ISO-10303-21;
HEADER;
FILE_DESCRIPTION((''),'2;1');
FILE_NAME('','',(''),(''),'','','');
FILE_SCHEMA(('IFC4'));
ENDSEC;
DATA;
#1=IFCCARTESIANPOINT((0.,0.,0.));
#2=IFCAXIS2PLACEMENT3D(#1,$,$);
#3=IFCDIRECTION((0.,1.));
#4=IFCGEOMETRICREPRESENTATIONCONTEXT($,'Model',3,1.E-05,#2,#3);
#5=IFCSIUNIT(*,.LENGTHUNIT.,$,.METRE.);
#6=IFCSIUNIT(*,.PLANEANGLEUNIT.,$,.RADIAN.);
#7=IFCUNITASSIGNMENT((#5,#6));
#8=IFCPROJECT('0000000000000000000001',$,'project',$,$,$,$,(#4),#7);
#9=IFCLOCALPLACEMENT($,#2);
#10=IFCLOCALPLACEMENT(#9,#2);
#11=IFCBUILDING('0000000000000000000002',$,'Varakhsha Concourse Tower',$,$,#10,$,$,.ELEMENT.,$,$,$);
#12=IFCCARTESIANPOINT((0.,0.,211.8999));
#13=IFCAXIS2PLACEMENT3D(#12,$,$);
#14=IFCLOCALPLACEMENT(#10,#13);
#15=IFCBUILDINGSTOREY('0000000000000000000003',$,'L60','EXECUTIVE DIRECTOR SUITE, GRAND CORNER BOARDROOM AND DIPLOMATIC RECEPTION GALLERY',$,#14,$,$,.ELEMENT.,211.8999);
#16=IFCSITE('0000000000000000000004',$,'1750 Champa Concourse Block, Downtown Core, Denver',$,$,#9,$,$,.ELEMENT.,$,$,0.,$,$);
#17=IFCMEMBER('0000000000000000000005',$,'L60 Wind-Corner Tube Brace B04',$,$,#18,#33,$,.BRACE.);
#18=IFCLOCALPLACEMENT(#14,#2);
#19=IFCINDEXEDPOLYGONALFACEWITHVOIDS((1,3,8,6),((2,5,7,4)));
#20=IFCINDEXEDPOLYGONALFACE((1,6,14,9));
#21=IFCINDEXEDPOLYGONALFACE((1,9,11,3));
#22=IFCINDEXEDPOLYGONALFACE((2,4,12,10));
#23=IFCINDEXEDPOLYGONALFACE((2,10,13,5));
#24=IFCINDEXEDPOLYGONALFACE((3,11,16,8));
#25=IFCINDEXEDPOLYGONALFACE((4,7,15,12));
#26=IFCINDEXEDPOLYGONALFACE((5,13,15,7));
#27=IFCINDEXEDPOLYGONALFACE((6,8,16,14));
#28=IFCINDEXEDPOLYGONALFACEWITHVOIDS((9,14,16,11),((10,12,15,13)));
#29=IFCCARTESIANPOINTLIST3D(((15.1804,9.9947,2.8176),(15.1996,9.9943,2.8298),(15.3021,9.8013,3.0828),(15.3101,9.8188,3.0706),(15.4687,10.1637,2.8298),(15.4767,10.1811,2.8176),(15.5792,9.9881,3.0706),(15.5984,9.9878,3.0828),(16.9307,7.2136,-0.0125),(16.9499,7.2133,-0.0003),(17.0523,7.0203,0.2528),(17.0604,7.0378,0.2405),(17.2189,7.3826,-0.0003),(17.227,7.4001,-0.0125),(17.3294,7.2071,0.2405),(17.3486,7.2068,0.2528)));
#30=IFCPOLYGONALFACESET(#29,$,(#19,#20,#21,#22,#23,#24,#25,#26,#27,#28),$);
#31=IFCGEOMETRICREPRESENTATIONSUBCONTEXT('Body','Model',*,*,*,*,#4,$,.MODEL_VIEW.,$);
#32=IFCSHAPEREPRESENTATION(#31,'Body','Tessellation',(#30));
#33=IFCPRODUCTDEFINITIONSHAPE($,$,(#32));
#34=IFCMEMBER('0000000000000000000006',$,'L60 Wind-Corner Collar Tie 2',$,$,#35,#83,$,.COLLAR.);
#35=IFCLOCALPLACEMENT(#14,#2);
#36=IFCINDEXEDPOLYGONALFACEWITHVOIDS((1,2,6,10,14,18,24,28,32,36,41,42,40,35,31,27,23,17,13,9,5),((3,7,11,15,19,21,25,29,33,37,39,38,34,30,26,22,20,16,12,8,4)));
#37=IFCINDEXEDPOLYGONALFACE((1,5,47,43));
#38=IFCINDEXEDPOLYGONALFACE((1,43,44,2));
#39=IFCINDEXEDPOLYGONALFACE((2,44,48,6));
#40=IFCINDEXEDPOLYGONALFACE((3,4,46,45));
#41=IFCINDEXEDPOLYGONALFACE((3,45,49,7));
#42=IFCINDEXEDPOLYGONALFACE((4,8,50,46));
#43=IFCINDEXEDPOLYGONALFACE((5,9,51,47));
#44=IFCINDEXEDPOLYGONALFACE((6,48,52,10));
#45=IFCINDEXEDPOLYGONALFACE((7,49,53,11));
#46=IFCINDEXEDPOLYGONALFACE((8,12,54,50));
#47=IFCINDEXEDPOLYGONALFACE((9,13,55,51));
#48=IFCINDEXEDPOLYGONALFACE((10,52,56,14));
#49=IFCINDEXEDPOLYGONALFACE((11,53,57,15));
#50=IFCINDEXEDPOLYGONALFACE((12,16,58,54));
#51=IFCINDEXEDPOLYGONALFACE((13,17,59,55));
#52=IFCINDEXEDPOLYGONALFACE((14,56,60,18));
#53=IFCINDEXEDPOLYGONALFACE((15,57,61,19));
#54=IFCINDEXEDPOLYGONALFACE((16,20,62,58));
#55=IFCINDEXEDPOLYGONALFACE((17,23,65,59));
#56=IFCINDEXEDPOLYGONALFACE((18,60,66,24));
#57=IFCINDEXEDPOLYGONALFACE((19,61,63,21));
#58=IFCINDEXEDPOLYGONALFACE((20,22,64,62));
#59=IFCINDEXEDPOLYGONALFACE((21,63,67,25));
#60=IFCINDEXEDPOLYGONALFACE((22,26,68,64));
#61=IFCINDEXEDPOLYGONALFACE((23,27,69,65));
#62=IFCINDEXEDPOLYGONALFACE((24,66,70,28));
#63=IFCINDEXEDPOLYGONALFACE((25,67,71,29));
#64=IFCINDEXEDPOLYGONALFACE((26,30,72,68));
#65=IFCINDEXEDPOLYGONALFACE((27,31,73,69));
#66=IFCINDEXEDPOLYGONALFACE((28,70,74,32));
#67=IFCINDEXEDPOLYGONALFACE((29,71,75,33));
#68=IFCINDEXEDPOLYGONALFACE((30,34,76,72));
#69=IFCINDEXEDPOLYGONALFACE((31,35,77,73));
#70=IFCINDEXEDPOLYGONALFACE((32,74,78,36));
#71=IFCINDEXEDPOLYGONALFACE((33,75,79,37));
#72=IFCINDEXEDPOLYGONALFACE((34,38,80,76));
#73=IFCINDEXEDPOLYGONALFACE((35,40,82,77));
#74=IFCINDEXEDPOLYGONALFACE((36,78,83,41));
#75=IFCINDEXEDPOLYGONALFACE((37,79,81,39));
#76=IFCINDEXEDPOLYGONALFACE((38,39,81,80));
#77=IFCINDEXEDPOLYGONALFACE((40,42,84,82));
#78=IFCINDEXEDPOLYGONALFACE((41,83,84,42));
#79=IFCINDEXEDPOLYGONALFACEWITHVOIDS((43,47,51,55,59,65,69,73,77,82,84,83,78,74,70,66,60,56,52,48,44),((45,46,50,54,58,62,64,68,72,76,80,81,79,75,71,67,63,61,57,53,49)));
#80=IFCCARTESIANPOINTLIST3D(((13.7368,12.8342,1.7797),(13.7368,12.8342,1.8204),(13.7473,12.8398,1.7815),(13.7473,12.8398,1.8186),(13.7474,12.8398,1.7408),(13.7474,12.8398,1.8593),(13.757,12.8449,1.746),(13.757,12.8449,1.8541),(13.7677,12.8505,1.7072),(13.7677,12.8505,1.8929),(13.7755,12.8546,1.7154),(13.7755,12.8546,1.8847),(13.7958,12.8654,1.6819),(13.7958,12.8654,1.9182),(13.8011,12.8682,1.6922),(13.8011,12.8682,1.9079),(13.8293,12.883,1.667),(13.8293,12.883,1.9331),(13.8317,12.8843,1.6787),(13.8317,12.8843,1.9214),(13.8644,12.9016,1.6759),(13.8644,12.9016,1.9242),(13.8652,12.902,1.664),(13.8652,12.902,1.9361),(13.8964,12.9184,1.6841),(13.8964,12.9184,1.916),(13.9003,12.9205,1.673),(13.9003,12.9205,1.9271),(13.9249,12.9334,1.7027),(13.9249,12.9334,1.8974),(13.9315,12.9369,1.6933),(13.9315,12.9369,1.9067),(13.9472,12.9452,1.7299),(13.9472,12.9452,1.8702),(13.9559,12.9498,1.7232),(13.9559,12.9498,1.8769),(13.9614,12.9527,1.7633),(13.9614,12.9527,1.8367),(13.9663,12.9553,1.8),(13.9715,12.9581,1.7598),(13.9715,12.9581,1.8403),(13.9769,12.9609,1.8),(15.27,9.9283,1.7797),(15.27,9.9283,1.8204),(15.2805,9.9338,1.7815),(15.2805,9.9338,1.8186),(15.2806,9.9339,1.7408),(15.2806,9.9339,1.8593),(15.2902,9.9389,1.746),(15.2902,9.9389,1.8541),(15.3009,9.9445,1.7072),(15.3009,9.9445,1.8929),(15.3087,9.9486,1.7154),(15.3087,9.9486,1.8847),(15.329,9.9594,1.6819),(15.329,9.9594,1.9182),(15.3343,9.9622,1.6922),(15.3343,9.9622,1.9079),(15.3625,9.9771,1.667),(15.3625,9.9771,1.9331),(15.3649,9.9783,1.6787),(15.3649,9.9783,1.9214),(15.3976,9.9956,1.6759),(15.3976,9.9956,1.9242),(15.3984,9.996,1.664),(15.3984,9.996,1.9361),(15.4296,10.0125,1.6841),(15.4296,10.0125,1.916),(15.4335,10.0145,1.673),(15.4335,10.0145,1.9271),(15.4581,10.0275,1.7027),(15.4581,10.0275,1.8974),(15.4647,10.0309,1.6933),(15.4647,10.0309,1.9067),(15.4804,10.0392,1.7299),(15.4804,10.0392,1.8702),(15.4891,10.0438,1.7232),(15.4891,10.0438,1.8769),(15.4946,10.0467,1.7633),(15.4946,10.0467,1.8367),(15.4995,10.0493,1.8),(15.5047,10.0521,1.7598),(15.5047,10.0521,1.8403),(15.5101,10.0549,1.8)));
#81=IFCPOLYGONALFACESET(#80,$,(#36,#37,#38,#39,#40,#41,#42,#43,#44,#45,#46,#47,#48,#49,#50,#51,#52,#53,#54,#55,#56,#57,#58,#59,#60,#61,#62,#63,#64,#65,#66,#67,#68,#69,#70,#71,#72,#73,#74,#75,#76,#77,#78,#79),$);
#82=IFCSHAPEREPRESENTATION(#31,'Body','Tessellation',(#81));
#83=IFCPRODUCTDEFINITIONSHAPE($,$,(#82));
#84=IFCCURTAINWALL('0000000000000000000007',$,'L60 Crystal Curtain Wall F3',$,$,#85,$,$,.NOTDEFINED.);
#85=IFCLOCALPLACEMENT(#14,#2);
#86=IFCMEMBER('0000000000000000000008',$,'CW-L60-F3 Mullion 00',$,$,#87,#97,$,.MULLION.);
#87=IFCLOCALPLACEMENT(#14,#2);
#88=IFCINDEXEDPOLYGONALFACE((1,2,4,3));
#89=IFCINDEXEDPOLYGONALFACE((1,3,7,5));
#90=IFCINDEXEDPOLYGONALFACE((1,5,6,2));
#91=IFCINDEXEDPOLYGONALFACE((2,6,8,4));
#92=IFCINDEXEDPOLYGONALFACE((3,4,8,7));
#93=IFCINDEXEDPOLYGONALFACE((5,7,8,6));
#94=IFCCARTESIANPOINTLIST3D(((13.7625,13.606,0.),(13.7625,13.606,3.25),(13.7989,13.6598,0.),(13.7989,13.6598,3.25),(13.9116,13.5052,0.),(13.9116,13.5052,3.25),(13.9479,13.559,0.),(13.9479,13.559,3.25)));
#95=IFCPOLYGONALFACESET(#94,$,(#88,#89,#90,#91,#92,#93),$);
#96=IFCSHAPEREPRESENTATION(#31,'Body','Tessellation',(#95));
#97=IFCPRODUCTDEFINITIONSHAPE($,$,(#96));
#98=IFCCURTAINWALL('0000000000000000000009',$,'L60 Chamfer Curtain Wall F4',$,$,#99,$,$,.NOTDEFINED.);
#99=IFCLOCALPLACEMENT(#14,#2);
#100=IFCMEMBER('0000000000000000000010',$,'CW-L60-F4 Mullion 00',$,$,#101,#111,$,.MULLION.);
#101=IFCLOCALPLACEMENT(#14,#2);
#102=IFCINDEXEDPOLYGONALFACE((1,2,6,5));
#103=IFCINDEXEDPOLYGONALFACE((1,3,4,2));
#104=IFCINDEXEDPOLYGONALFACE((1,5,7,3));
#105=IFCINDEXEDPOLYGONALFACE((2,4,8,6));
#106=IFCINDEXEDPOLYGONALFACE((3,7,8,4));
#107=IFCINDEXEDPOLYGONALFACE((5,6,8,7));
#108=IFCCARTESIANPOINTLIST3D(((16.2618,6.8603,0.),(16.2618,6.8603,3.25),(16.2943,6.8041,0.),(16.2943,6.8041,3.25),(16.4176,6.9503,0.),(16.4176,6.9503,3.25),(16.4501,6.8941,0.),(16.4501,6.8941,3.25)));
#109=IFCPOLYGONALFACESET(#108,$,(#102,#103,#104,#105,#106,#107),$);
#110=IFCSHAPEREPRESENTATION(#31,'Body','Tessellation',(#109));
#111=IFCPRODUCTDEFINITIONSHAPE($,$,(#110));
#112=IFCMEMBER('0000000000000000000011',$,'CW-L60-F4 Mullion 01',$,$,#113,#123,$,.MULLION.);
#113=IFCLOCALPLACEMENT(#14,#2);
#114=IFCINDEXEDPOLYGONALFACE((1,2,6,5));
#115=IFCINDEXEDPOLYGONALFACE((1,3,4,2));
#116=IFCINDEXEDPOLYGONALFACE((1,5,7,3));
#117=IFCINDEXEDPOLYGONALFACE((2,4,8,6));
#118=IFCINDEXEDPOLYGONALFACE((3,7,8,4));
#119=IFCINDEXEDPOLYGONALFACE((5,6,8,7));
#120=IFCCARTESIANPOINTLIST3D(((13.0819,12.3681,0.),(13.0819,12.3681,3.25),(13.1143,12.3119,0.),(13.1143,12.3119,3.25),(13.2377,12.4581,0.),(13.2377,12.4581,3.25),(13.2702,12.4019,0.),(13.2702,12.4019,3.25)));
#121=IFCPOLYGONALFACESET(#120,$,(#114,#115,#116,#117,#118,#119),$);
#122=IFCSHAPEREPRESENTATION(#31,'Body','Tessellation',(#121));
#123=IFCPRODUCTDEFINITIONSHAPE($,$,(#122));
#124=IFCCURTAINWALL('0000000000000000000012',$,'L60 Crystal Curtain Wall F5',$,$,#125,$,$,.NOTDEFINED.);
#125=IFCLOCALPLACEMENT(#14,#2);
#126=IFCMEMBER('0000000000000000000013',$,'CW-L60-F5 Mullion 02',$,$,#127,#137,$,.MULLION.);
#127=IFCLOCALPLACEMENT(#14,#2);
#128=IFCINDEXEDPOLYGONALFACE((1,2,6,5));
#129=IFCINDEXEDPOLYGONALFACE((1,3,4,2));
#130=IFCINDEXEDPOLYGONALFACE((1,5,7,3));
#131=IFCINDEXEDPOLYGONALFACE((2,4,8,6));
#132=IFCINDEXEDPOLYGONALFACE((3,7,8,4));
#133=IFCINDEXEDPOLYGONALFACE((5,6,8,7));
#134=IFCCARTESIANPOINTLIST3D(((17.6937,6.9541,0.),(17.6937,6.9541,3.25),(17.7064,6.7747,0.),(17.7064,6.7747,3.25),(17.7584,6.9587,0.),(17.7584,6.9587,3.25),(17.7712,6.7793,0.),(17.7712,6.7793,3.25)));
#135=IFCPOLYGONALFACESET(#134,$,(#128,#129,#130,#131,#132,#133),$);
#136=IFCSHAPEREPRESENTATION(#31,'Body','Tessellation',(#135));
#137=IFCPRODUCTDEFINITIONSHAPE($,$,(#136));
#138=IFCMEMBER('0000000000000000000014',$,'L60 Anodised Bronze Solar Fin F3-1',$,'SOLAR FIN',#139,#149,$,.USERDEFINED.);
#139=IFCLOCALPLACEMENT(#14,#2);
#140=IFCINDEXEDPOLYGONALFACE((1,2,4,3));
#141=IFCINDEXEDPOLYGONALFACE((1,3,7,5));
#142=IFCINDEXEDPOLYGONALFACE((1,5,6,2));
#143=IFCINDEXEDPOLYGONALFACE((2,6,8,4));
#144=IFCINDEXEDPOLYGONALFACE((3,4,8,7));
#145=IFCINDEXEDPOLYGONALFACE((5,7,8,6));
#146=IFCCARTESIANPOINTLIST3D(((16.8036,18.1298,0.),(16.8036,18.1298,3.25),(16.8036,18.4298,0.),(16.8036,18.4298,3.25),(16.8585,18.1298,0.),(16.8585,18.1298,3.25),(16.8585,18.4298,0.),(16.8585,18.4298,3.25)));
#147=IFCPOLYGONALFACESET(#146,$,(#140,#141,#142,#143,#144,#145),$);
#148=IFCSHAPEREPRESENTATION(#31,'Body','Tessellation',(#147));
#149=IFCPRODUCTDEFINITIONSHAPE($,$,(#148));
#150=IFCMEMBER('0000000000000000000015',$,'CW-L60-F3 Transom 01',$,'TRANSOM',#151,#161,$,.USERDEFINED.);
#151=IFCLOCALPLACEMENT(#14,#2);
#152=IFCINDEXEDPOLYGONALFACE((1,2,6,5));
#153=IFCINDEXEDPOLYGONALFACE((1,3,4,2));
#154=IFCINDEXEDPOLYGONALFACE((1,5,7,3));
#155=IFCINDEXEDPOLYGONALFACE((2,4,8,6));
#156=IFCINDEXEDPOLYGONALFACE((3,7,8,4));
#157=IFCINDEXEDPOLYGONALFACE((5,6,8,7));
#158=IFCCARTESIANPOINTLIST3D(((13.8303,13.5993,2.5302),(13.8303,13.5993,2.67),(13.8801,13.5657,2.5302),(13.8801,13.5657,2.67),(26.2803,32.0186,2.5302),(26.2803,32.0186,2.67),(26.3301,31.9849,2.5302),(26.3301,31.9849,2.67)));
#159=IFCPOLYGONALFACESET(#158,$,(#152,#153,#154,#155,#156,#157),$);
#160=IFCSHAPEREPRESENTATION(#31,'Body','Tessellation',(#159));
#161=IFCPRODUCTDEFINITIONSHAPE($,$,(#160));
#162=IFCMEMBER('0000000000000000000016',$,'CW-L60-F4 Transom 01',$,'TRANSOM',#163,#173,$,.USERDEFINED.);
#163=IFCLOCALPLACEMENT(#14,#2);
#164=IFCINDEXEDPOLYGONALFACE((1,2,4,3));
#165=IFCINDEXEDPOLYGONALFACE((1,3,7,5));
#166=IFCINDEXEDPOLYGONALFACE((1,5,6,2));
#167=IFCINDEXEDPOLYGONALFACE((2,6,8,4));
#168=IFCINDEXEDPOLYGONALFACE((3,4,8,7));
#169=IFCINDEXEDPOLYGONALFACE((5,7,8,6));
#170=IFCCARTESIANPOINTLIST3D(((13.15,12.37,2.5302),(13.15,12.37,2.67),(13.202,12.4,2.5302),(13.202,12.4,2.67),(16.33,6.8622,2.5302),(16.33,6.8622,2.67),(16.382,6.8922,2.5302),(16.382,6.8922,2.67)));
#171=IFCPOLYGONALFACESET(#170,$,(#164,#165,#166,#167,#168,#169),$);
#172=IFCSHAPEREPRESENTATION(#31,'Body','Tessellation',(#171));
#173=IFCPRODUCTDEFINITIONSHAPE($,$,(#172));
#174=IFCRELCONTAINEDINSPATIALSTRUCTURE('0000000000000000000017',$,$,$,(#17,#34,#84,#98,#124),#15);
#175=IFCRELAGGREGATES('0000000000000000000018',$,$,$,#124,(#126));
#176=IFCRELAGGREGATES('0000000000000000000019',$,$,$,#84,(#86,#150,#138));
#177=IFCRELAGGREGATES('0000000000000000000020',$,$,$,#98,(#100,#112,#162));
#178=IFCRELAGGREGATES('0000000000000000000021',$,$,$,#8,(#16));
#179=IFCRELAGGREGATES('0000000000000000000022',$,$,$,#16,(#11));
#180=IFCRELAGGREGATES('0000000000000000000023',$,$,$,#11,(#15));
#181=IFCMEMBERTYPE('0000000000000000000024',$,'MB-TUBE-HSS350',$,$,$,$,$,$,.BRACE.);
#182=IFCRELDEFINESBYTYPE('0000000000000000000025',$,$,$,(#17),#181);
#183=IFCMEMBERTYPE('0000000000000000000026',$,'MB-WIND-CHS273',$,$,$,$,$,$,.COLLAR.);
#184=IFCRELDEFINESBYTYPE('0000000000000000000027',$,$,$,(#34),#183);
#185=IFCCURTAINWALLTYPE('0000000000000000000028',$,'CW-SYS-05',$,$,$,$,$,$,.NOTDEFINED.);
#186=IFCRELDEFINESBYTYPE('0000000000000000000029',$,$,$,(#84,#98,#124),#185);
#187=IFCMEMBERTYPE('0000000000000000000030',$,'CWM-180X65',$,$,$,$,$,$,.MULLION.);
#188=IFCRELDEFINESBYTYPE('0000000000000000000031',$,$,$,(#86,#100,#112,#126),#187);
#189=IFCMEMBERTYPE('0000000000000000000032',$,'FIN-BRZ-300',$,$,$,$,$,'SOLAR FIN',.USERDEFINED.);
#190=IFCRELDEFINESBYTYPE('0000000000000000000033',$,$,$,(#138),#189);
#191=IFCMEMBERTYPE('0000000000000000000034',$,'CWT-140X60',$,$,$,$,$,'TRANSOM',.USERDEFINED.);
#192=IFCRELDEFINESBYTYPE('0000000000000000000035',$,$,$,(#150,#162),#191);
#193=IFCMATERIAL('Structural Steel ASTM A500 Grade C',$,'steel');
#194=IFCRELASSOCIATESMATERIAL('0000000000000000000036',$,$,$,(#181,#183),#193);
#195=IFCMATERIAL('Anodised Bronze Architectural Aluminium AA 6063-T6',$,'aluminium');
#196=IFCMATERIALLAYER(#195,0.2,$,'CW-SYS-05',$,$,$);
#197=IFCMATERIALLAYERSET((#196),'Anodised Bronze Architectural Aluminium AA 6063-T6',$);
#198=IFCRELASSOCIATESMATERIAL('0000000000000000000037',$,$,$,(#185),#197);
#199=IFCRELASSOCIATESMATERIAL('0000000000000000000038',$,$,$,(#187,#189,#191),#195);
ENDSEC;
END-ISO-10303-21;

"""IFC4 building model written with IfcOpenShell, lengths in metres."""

from ifc_helpers import new_model, si_unit, direction, frame, origin, origin_2d, place, context, subcontext, project, spatial, rectangle, hollow_rectangle, hollow_circle, extrude, source, transform, mapped, material, layer, layer_set, material_profile, profile_set, type_object, type_shapes, element, aggregate, save


model = new_model("IFC4")

# Units and contexts
model_context = context("Model", 3, precision=1e-05, world=origin(), true_north=direction((0.0, 1.0)))
body_context = subcontext(model_context, "Body", "Model", "MODEL_VIEW")
ifc_project = project(units=[si_unit("LENGTHUNIT", "METRE"), si_unit("PLANEANGLEUNIT", "RADIAN")], contexts=[model_context])

# Site, building, storey
site_placement = place(None, origin())
site = spatial("IfcSite", under=ifc_project, at=site_placement, Name="1750 Champa Concourse Block, Downtown Core, Denver", CompositionType="ELEMENT", RefElevation=0.0)
building_placement = place(site_placement, origin())
building = spatial("IfcBuilding", under=site, at=building_placement, Name="Varakhsha Concourse Tower", CompositionType="ELEMENT")
storey_placement = place(building_placement, frame((0.0, 0.0, 211.8999)))
storey = spatial("IfcBuildingStorey", under=building, at=storey_placement, Name="L60", Description="EXECUTIVE DIRECTOR SUITE, GRAND CORNER BOARDROOM AND DIPLOMATIC RECEPTION GALLERY", CompositionType="ELEMENT", Elevation=211.8999)

# Members
ifc_material_1 = material(Name="Structural Steel ASTM A500 Grade C", Category="steel")
ifc_material_profile_1 = material_profile(ifc_material_1, hollow_rectangle(XDim=0.3501, YDim=0.3501, WallThickness=0.0161, at=origin_2d()), Name="HSS 350x350x16")
ifc_profile_set_1 = profile_set([ifc_material_profile_1], Name="Structural Steel ASTM A500 Grade C")
member_type_1 = type_object("IfcMemberType", Name="MB-TUBE-HSS350", PredefinedType="BRACE", material=ifc_profile_set_1)
shared_shape_1 = source(origin(), body_context, "Body", "SweptSolid", [
    extrude(hollow_rectangle(XDim=0.3501, YDim=0.3501, WallThickness=0.0161, at=origin_2d()), origin(), (0.0, 0.0, 1.0), 4.3367),
])
member_1_placement = place(storey_placement, frame((17.1396, 7.2102, 0.1201), z_axis=(-0.403592, 0.641277, 0.652593), x_axis=(-0.846337, -0.532648, 0.0)))
element("IfcMember", 1, at=member_1_placement, inside=storey, type_object=member_type_1, Name="L60 Wind-Corner Tube Brace B04", PredefinedType="BRACE", context=body_context, shape_type="MappedRepresentation", body=[
    mapped(shared_shape_1, transform((0.0, 0.0, 0.0), scale=1.0)),
])
ifc_material_profile_2 = material_profile(ifc_material_1, hollow_circle(Radius=0.1365, WallThickness=0.012, at=origin_2d()), Name="CHS 273x12")
ifc_profile_set_2 = profile_set([ifc_material_profile_2], Name="Structural Steel ASTM A500 Grade C")
member_type_2 = type_object("IfcMemberType", Name="MB-WIND-CHS273", PredefinedType="COLLAR", material=ifc_profile_set_2)
shared_shape_2 = source(origin(), body_context, "Body", "SweptSolid", [
    extrude(hollow_circle(Radius=0.1365, WallThickness=0.012, at=origin_2d()), origin(), (0.0, 0.0, 1.0), 3.2856),
])
type_shapes(member_type_2, [shared_shape_2])
member_2_placement = place(storey_placement, frame((13.8562, 12.8972, 1.8), z_axis=(0.466634, -0.88445, 0.0), x_axis=(0.88445, 0.466634, 0.0)))
element("IfcMember", 2, at=member_2_placement, inside=storey, type_object=member_type_2, Name="L60 Wind-Corner Collar Tie 2", PredefinedType="COLLAR", context=body_context, shape_type="MappedRepresentation", body=[
    mapped(shared_shape_2, transform((0.0, 0.0, 0.0), scale=1.0)),
])

# Curtain wall, member
ifc_material_2 = material(Name="Anodised Bronze Architectural Aluminium AA 6063-T6", Category="aluminium")
ifc_layer_1 = layer(ifc_material_2, 0.2, Name="CW-SYS-05")
ifc_layer_set_1 = layer_set([ifc_layer_1], Name="Anodised Bronze Architectural Aluminium AA 6063-T6")
curtain_wall_type = type_object("IfcCurtainWallType", Name="CW-SYS-05", PredefinedType="NOTDEFINED", material=ifc_layer_set_1)
curtain_wall_1_placement = place(storey_placement, origin())
curtain_wall_1 = element("IfcCurtainWall", 3, at=curtain_wall_1_placement, inside=storey, type_object=curtain_wall_type, Name="L60 Crystal Curtain Wall F3", PredefinedType="NOTDEFINED")
ifc_material_profile_3 = material_profile(ifc_material_2, rectangle(XDim=0.0649, YDim=0.1799, at=origin_2d()), Name="CWM-180X65")
ifc_profile_set_3 = profile_set([ifc_material_profile_3], Name="Anodised Bronze Architectural Aluminium AA 6063-T6")
member_type_3 = type_object("IfcMemberType", Name="CWM-180X65", PredefinedType="MULLION", material=ifc_profile_set_3)
shared_shape_3 = source(origin(), body_context, "Body", "SweptSolid", [
    extrude(rectangle(XDim=0.0649, YDim=0.1799, at=origin_2d()), origin(), (0.0, 0.0, 1.0), 3.25),
])
type_shapes(member_type_3, [shared_shape_3])
member_3_placement = place(storey_placement, frame((13.8552, 13.5825, 0.0), z_axis=(0.0, 0.0, 1.0), x_axis=(0.559999, 0.828494, 0.0)))
member_3 = element("IfcMember", 4, at=member_3_placement, type_object=member_type_3, Name="CW-L60-F3 Mullion 00", PredefinedType="MULLION", context=body_context, shape_type="MappedRepresentation", body=[
    mapped(shared_shape_3, transform((0.0, 0.0, 0.0), scale=1.0)),
])

# Curtain wall, members
curtain_wall_2_placement = place(storey_placement, origin())
curtain_wall_2 = element("IfcCurtainWall", 5, at=curtain_wall_2_placement, inside=storey, type_object=curtain_wall_type, Name="L60 Chamfer Curtain Wall F4", PredefinedType="NOTDEFINED")
member_4_placement = place(storey_placement, frame((16.356, 6.8772, 0.0), z_axis=(0.0, 0.0, 1.0), x_axis=(-0.499994, 0.866029, 0.0)))
member_4 = element("IfcMember", 6, at=member_4_placement, type_object=member_type_3, Name="CW-L60-F4 Mullion 00", PredefinedType="MULLION", context=body_context, shape_type="MappedRepresentation", body=[
    mapped(shared_shape_3, transform((0.0, 0.0, 0.0), scale=1.0)),
])
member_5_placement = place(storey_placement, frame((13.176, 12.385, 0.0), z_axis=(0.0, 0.0, 1.0), x_axis=(-0.499994, 0.866029, 0.0)))
member_5 = element("IfcMember", 7, at=member_5_placement, type_object=member_type_3, Name="CW-L60-F4 Mullion 01", PredefinedType="MULLION", context=body_context, shape_type="MappedRepresentation", body=[
    mapped(shared_shape_3, transform((0.0, 0.0, 0.0), scale=1.0)),
])

# Curtain wall, member
curtain_wall_3_placement = place(storey_placement, origin())
curtain_wall_3 = element("IfcCurtainWall", 8, at=curtain_wall_3_placement, inside=storey, type_object=curtain_wall_type, Name="L60 Crystal Curtain Wall F5", PredefinedType="NOTDEFINED")
member_6_placement = place(storey_placement, frame((17.7324, 6.8667, 0.0), z_axis=(0.0, 0.0, 1.0), x_axis=(-0.997496, -0.070723, 0.0)))
member_6 = element("IfcMember", 9, at=member_6_placement, type_object=member_type_3, Name="CW-L60-F5 Mullion 02", PredefinedType="MULLION", context=body_context, shape_type="MappedRepresentation", body=[
    mapped(shared_shape_3, transform((0.0, 0.0, 0.0), scale=1.0)),
])
aggregate(curtain_wall_3, [member_6])

# Members
ifc_material_profile_4 = material_profile(ifc_material_2, rectangle(XDim=0.0549, YDim=0.3, at=origin_2d()), Name="FIN-BRZ-300")
ifc_profile_set_4 = profile_set([ifc_material_profile_4], Name="Anodised Bronze Architectural Aluminium AA 6063-T6")
member_type_4 = type_object("IfcMemberType", Name="FIN-BRZ-300", ElementType="SOLAR FIN", PredefinedType="USERDEFINED", material=ifc_profile_set_4)
shared_shape_4 = source(origin(), body_context, "Body", "SweptSolid", [
    extrude(rectangle(XDim=0.0549, YDim=0.3, at=origin_2d()), origin(), (0.0, 0.0, 1.0), 3.25),
])
type_shapes(member_type_4, [shared_shape_4])
member_7_placement = place(storey_placement, frame((16.8311, 18.2798, 0.0), z_axis=(0.0, 0.0, 1.0), x_axis=(1.0, 0.0, 0.0)))
member_7 = element("IfcMember", 10, at=member_7_placement, type_object=member_type_4, Name="L60 Anodised Bronze Solar Fin F3-1", ObjectType="SOLAR FIN", PredefinedType="USERDEFINED", context=body_context, shape_type="MappedRepresentation", body=[
    mapped(shared_shape_4, transform((0.0, 0.0, 0.0), scale=1.0)),
])
ifc_material_profile_5 = material_profile(ifc_material_2, rectangle(XDim=0.0601, YDim=0.1399, at=origin_2d()), Name="CWT-140X60")
ifc_profile_set_5 = profile_set([ifc_material_profile_5], Name="Anodised Bronze Architectural Aluminium AA 6063-T6")
member_type_5 = type_object("IfcMemberType", Name="CWT-140X60", ElementType="TRANSOM", PredefinedType="USERDEFINED", material=ifc_profile_set_5)
shared_shape_5 = source(origin(), body_context, "Body", "SweptSolid", [
    extrude(rectangle(XDim=0.0601, YDim=0.1399, at=origin_2d()), origin(), (0.0, 0.0, 1.0), 22.2322),
])
member_8_placement = place(storey_placement, frame((13.8552, 13.5825, 2.6001), z_axis=(0.559998, 0.828494, 0.0), x_axis=(-0.828494, 0.559998, 0.0)))
member_8 = element("IfcMember", 11, at=member_8_placement, type_object=member_type_5, Name="CW-L60-F3 Transom 01", ObjectType="TRANSOM", PredefinedType="USERDEFINED", context=body_context, shape_type="MappedRepresentation", body=[
    mapped(shared_shape_5, transform((0.0, 0.0, 0.0), scale=1.0)),
])
shared_shape_6 = source(origin(), body_context, "Body", "SweptSolid", [
    extrude(rectangle(XDim=0.0601, YDim=0.1399, at=origin_2d()), origin(), (0.0, 0.0, 1.0), 6.3599),
])
type_shapes(member_type_5, [shared_shape_5, shared_shape_6])
member_9_placement = place(storey_placement, frame((16.356, 6.8772, 2.6001), z_axis=(-0.499999, 0.866026, 0.0), x_axis=(-0.866026, -0.499999, 0.0)))
member_9 = element("IfcMember", 12, at=member_9_placement, type_object=member_type_5, Name="CW-L60-F4 Transom 01", ObjectType="TRANSOM", PredefinedType="USERDEFINED", context=body_context, shape_type="MappedRepresentation", body=[
    mapped(shared_shape_6, transform((0.0, 0.0, 0.0), scale=1.0)),
])

aggregate(curtain_wall_1, [member_3, member_8, member_7])
aggregate(curtain_wall_2, [member_4, member_5, member_9])

save(model, "model.ifc")
